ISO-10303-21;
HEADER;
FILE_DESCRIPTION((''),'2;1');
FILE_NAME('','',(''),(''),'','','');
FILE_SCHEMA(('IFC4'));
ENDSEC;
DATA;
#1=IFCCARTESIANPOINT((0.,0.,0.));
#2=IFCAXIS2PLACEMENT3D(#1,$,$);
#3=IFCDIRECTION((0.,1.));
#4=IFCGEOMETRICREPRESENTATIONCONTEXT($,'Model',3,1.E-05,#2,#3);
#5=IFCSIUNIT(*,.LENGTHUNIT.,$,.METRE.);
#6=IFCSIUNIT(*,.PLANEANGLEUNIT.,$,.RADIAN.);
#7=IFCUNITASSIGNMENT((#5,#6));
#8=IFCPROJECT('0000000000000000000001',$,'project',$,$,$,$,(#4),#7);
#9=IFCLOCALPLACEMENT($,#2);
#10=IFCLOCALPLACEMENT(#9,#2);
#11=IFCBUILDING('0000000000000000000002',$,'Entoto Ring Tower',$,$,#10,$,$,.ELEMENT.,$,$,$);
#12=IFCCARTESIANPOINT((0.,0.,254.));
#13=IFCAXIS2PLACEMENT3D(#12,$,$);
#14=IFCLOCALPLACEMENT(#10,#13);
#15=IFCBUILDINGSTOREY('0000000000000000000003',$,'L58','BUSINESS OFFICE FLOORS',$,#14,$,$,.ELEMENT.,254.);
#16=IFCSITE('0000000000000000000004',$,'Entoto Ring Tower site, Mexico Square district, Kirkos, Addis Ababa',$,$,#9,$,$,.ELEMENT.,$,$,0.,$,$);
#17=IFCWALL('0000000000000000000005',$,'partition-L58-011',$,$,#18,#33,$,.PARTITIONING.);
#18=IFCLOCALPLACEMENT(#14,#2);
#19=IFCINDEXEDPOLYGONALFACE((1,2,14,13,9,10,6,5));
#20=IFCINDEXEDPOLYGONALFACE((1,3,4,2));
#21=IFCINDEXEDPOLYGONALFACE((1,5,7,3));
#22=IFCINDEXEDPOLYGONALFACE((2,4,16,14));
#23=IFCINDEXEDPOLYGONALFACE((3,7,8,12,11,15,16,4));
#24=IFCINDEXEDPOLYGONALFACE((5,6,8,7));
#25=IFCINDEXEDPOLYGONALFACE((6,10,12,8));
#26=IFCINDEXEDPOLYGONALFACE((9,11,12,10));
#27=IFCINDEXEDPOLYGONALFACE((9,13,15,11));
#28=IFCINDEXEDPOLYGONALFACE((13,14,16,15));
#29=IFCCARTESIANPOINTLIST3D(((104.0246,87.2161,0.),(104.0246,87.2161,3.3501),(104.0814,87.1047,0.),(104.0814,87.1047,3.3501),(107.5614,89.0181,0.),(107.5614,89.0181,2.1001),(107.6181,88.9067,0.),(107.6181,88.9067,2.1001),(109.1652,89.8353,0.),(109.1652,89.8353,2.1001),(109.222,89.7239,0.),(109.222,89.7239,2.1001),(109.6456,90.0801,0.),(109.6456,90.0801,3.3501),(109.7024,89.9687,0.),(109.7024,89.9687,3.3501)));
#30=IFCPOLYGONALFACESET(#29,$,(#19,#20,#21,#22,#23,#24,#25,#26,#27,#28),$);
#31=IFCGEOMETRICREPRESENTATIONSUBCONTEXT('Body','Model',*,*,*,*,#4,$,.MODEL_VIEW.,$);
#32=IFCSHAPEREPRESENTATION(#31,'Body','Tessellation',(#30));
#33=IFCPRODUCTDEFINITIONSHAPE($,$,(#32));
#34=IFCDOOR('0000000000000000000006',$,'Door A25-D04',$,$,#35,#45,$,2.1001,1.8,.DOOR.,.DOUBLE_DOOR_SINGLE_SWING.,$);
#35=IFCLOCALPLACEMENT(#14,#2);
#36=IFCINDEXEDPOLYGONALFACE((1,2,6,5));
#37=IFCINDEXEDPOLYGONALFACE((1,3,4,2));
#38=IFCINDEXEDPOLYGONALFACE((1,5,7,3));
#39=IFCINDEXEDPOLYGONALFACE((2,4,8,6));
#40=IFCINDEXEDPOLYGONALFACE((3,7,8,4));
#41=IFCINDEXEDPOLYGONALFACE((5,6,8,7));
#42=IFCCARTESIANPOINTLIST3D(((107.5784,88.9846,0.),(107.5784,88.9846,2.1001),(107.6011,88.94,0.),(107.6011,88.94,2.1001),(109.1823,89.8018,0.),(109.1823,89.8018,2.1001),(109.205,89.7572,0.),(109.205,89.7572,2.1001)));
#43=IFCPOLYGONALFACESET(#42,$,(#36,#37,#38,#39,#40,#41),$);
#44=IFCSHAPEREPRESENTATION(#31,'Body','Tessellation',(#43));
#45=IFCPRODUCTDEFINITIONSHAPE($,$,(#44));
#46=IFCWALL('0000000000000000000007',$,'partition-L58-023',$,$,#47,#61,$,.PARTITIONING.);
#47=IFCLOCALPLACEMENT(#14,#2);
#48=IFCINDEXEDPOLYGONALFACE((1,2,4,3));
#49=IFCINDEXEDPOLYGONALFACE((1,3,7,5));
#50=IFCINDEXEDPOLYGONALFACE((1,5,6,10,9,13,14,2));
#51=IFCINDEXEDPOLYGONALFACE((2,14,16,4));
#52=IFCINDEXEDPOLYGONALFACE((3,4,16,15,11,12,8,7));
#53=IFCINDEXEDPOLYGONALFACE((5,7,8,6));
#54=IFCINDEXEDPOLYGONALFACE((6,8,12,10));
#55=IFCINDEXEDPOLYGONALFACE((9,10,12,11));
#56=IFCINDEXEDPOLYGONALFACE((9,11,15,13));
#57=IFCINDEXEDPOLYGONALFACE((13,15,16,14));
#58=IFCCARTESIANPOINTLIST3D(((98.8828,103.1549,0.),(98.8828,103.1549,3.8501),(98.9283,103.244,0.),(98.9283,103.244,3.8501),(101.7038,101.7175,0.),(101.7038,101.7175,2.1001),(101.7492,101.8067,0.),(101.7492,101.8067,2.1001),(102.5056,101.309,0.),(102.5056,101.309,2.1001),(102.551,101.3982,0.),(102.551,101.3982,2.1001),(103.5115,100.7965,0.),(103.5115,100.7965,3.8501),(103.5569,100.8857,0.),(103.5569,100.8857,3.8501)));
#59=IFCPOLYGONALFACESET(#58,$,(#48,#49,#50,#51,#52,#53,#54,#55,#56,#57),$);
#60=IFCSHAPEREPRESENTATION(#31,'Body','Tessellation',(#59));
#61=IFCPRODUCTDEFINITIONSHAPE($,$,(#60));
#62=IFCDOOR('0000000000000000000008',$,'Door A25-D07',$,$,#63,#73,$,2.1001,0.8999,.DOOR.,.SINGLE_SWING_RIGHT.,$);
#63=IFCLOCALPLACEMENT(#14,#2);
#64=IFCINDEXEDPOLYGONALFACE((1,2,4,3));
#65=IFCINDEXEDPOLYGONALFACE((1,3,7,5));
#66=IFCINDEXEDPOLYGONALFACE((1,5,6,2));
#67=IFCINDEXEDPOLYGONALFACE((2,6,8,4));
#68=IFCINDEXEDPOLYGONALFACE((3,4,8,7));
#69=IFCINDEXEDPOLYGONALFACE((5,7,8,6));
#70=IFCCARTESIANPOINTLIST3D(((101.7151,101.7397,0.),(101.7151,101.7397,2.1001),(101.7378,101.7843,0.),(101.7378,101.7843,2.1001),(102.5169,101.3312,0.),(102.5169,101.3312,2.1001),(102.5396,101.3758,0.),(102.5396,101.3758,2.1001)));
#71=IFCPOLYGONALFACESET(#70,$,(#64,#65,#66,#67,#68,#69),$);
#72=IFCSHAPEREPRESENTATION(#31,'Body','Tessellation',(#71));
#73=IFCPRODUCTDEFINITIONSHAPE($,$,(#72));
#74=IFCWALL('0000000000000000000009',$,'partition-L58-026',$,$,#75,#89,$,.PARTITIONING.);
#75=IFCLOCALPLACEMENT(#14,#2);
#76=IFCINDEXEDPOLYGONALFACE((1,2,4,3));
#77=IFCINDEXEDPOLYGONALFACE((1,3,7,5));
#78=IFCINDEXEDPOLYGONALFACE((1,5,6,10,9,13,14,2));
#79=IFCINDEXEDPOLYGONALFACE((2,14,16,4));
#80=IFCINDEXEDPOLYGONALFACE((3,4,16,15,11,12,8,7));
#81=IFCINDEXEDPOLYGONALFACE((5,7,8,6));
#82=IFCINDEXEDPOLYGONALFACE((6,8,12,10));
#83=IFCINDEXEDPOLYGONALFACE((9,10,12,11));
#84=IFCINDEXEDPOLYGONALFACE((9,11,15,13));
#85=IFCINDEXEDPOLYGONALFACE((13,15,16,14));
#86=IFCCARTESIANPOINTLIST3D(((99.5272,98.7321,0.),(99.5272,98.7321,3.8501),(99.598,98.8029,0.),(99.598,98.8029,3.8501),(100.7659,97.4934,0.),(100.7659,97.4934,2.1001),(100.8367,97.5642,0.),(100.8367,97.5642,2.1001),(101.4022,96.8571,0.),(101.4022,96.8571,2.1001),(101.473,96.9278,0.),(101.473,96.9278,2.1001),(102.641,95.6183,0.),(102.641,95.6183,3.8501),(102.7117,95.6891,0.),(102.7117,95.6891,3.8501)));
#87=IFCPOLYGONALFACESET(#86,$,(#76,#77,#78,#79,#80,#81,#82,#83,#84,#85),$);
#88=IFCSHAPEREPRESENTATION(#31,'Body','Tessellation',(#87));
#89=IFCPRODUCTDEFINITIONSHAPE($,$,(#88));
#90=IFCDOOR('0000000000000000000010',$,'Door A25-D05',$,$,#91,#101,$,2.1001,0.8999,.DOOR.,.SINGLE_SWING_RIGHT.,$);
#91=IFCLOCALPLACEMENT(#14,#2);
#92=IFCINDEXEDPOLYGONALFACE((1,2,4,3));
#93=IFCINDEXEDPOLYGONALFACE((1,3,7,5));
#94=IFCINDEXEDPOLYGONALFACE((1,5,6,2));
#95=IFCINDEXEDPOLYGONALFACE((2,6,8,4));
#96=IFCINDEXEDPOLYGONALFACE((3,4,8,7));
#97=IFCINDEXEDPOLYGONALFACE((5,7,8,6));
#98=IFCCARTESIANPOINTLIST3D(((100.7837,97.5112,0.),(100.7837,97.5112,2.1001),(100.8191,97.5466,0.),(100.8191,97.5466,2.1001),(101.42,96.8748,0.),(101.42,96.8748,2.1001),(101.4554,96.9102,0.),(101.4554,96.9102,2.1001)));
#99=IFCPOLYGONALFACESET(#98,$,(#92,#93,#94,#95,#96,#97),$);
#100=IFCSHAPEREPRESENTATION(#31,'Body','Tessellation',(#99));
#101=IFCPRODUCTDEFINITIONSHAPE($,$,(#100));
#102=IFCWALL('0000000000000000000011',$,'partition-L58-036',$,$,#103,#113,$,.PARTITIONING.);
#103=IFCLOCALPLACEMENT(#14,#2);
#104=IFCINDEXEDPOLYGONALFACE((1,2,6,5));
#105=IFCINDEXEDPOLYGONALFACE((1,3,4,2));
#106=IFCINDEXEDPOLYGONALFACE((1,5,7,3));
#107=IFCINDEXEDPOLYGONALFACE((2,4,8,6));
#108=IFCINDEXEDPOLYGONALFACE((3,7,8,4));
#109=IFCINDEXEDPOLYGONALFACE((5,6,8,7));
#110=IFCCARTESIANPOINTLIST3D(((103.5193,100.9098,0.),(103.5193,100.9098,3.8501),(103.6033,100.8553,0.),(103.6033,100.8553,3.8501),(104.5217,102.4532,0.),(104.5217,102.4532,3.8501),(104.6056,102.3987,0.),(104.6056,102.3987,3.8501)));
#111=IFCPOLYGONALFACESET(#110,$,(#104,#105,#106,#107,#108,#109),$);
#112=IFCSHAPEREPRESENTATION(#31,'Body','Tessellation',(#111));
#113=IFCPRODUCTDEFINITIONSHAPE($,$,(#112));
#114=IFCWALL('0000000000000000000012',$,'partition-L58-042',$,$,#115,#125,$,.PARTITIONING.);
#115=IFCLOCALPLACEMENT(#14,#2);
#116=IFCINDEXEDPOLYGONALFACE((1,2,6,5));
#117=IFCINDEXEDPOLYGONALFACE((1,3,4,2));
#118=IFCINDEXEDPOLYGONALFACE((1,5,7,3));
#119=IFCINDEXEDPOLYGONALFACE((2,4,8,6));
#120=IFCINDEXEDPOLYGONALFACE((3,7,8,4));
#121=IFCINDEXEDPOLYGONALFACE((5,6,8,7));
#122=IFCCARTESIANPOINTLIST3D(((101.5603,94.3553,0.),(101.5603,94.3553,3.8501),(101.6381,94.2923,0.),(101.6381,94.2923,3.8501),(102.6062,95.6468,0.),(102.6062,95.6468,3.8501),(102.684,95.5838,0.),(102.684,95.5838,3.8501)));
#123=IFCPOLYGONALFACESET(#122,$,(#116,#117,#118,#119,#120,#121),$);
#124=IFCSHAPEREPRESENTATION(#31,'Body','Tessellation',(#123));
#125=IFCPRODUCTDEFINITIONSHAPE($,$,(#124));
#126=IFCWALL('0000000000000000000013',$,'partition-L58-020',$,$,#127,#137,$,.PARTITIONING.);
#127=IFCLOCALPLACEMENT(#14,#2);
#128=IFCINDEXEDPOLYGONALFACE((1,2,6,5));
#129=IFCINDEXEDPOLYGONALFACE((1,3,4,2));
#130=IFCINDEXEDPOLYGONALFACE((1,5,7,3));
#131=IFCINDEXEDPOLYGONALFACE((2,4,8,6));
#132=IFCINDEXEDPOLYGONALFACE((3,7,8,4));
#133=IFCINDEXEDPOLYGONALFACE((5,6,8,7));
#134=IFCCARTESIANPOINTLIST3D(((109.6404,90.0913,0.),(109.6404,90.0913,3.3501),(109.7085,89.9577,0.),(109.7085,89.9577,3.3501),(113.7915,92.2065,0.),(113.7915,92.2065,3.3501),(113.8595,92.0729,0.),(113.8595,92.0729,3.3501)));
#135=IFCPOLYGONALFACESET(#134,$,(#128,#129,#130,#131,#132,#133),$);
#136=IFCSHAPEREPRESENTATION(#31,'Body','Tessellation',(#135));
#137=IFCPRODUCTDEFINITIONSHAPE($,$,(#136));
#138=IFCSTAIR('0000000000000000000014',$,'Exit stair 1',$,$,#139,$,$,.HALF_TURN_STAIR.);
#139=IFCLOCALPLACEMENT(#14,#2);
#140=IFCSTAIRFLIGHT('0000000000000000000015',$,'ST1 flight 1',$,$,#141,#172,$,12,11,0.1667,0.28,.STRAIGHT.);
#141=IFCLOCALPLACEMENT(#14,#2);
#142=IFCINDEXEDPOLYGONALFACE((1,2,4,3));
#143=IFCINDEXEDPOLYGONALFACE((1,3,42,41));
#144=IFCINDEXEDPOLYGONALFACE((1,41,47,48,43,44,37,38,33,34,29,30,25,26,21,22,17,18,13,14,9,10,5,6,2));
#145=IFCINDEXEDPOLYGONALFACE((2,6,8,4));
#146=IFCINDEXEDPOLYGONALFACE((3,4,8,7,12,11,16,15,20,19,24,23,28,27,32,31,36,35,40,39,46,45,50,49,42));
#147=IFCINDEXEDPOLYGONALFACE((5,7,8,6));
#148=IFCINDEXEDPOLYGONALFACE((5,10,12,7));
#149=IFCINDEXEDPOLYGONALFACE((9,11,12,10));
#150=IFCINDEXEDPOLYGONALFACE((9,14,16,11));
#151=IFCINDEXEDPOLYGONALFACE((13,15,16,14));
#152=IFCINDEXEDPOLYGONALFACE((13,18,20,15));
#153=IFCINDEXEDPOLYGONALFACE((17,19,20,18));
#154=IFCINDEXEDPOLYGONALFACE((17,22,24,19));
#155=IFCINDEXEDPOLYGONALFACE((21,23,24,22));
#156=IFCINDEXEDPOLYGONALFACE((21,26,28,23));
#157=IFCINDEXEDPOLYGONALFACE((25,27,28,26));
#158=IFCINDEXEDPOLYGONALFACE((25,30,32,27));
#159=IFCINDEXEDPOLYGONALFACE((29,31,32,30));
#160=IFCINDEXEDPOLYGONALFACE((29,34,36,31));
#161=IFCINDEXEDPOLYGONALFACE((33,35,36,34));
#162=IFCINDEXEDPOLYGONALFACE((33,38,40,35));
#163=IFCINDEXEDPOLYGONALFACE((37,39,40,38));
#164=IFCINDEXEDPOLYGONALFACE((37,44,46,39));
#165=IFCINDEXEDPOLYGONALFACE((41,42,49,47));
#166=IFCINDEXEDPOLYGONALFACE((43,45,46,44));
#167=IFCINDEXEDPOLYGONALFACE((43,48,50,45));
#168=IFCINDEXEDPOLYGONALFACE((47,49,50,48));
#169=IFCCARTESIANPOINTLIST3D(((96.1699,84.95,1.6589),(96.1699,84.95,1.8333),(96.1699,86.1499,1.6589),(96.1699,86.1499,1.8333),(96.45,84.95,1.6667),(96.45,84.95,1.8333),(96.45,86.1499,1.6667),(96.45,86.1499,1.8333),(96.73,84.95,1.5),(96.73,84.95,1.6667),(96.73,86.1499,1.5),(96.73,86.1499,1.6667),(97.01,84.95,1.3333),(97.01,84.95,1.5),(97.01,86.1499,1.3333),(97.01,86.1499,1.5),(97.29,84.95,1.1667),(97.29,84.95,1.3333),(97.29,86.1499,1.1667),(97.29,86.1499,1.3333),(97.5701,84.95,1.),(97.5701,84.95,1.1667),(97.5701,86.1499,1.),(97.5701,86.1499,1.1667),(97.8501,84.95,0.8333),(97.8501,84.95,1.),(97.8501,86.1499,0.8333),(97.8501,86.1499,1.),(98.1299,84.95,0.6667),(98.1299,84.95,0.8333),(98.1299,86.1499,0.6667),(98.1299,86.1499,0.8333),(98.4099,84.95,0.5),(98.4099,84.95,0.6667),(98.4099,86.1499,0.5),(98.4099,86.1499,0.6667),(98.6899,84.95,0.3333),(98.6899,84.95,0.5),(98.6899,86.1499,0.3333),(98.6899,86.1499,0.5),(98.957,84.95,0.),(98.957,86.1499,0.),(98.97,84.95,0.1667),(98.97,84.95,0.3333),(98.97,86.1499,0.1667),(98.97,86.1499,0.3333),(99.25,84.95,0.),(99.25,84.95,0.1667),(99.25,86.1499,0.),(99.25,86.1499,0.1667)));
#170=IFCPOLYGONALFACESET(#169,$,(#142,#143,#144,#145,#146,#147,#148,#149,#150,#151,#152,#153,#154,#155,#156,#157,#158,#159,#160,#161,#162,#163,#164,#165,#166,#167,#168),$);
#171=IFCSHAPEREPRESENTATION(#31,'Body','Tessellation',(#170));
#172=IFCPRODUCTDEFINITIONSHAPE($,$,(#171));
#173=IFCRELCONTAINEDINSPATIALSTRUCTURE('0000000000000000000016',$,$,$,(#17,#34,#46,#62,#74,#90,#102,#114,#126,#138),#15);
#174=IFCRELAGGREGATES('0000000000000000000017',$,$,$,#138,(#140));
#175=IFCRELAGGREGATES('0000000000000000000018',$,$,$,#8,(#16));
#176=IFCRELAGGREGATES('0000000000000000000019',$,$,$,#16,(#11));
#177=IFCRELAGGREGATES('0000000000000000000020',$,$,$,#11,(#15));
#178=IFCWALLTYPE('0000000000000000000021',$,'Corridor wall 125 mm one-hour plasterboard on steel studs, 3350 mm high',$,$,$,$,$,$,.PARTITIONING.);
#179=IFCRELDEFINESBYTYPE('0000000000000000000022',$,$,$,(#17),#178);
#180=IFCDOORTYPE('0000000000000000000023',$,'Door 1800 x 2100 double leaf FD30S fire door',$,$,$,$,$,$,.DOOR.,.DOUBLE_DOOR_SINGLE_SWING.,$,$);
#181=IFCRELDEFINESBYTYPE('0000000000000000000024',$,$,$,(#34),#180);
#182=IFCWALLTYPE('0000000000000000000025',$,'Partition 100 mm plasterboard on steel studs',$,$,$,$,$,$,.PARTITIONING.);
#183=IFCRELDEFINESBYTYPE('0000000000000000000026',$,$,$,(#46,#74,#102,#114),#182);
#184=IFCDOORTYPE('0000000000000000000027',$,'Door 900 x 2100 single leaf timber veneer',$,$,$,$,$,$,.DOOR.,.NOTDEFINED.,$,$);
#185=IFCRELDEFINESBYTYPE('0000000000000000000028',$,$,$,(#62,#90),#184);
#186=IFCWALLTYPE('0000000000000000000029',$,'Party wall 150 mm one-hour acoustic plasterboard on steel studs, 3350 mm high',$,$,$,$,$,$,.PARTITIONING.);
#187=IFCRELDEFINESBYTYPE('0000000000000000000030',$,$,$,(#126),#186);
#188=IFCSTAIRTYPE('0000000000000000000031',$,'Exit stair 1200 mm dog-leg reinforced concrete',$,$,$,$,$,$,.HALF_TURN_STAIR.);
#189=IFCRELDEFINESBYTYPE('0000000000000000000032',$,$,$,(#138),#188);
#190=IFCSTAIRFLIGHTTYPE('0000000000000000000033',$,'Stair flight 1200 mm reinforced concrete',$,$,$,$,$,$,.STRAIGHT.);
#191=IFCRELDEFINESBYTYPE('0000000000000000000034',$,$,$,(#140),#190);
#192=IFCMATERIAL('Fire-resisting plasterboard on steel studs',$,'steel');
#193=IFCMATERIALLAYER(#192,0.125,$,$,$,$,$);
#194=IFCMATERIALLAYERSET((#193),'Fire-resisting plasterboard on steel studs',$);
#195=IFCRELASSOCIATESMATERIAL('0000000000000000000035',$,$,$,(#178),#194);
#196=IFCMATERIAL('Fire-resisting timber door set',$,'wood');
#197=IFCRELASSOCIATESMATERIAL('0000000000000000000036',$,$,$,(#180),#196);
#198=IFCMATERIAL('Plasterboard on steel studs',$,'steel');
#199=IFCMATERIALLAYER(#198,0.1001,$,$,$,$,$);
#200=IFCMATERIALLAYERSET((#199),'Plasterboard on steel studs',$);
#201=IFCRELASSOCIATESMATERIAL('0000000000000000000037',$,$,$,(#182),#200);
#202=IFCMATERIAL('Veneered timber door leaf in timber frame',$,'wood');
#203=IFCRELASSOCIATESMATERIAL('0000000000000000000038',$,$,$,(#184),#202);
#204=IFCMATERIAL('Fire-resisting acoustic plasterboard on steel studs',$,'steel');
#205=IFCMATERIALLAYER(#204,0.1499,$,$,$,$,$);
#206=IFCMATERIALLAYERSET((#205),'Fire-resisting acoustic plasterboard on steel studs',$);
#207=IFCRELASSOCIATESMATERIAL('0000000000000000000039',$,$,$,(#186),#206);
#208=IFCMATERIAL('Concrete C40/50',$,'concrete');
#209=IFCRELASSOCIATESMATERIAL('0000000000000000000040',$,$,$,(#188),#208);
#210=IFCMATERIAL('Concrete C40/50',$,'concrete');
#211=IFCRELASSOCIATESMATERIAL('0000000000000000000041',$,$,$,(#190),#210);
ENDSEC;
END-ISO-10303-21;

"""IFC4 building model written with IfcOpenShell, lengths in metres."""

from ifc_helpers import new_model, si_unit, direction, frame, frame_2d, origin, place, context, subcontext, project, spatial, polyline, rectangle, outline, extrude, material, layer, layer_set, type_object, element, fill, aggregate, save


model = new_model("IFC4")

# Units and contexts
model_context = context("Model", 3, precision=1e-05, world=origin(), true_north=direction((0.0, 1.0)))
body_context = subcontext(model_context, "Body", "Model", "MODEL_VIEW")
ifc_project = project(units=[si_unit("LENGTHUNIT", "METRE"), si_unit("PLANEANGLEUNIT", "RADIAN")], contexts=[model_context])

# Site, building, storey
site_placement = place(None, origin())
site = spatial("IfcSite", under=ifc_project, at=site_placement, Name="Entoto Ring Tower site, Mexico Square district, Kirkos, Addis Ababa", CompositionType="ELEMENT", RefElevation=0.0)
building_placement = place(site_placement, origin())
building = spatial("IfcBuilding", under=site, at=building_placement, Name="Entoto Ring Tower", CompositionType="ELEMENT")
storey_placement = place(building_placement, frame((0.0, 0.0, 254.0)))
storey = spatial("IfcBuildingStorey", under=building, at=storey_placement, Name="L58", Description="BUSINESS OFFICE FLOORS", CompositionType="ELEMENT", Elevation=254.0)

# Walls, openings, doors
ifc_material_1 = material(Name="Fire-resisting plasterboard on steel studs", Category="steel")
ifc_layer_1 = layer(ifc_material_1, 0.125)
ifc_layer_set_1 = layer_set([ifc_layer_1], Name="Fire-resisting plasterboard on steel studs")
wall_type_1 = type_object("IfcWallType", Name="Corridor wall 125 mm one-hour plasterboard on steel studs, 3350 mm high", PredefinedType="PARTITIONING", material=ifc_layer_set_1)
wall_1_placement = place(storey_placement, frame((104.053, 87.1604, 0.0), z_axis=(0.0, 0.0, 1.0), x_axis=(0.891011, 0.453981, 0.0)))
wall_1 = element("IfcWall", 1, at=wall_1_placement, inside=storey, type_object=wall_type_1, Name="partition-L58-011", PredefinedType="PARTITIONING", context=body_context, shape_type="SweptSolid", body=[
    extrude(rectangle(XDim=6.3086, YDim=0.125, at=frame_2d((3.1543, 0.0))), origin(), (0.0, 0.0, 1.0), 3.3501),
])
opening_1_placement = place(wall_1_placement, frame((3.9695, 0.0, 0.0)))
opening_1 = element("IfcOpeningElement", 2, at=opening_1_placement, cuts=wall_1, PredefinedType="OPENING", context=body_context, shape_type="SweptSolid", body=[
    extrude(rectangle(XDim=1.8, YDim=2.1001, at=frame_2d((0.8999, 1.05))), frame((0.0, 0.0725, 0.0), z_axis=(0.0, -1.0, 0.0), x_axis=(1.0, 0.0, 0.0)), (0.0, 0.0, 1.0), 0.145),
])
ifc_material_2 = material(Name="Fire-resisting timber door set", Category="wood")
door_type_1 = type_object("IfcDoorType", Name="Door 1800 x 2100 double leaf FD30S fire door", OperationType="DOUBLE_DOOR_SINGLE_SWING", PredefinedType="DOOR", material=ifc_material_2)
door_1_placement = place(opening_1_placement, origin())
door_1 = element("IfcDoor", 3, at=door_1_placement, inside=storey, type_object=door_type_1, Name="Door A25-D04", OperationType="DOUBLE_DOOR_SINGLE_SWING", OverallHeight=2.1001, OverallWidth=1.8, PredefinedType="DOOR", context=body_context, shape_type="SweptSolid", body=[
    extrude(rectangle(XDim=1.8, YDim=2.1001, at=frame_2d((0.8999, 1.05))), frame((0.0, 0.0249, 0.0), z_axis=(0.0, -1.0, 0.0), x_axis=(1.0, 0.0, 0.0)), (0.0, 0.0, 1.0), 0.05),
])
fill(opening_1, door_1)
ifc_material_3 = material(Name="Plasterboard on steel studs", Category="steel")
ifc_layer_2 = layer(ifc_material_3, 0.1001)
ifc_layer_set_2 = layer_set([ifc_layer_2], Name="Plasterboard on steel studs")
wall_type_2 = type_object("IfcWallType", Name="Partition 100 mm plasterboard on steel studs", PredefinedType="PARTITIONING", material=ifc_layer_set_2)
wall_2_placement = place(storey_placement, frame((103.5342, 100.8411, 0.0), z_axis=(0.0, 0.0, 1.0), x_axis=(-0.891008, 0.453987, 0.0)))
wall_2 = element("IfcWall", 4, at=wall_2_placement, inside=storey, type_object=wall_type_2, Name="partition-L58-023", PredefinedType="PARTITIONING", context=body_context, shape_type="SweptSolid", body=[
    extrude(rectangle(XDim=5.1948, YDim=0.1001, at=frame_2d((2.5974, 0.0))), origin(), (0.0, 0.0, 1.0), 3.8501),
])
opening_2_placement = place(wall_2_placement, frame((1.1289, 0.0, 0.0)))
opening_2 = element("IfcOpeningElement", 5, at=opening_2_placement, cuts=wall_2, PredefinedType="OPENING", context=body_context, shape_type="SweptSolid", body=[
    extrude(rectangle(XDim=0.8999, YDim=2.1001, at=frame_2d((0.45, 1.05))), frame((0.0, 0.0601, 0.0), z_axis=(0.0, -1.0, 0.0), x_axis=(1.0, 0.0, 0.0)), (0.0, 0.0, 1.0), 0.1201),
])
ifc_material_4 = material(Name="Veneered timber door leaf in timber frame", Category="wood")
door_type_2 = type_object("IfcDoorType", Name="Door 900 x 2100 single leaf timber veneer", OperationType="NOTDEFINED", PredefinedType="DOOR", material=ifc_material_4)
door_2_placement = place(opening_2_placement, frame((0.8999, 0.0, 0.0), z_axis=(0.0, 0.0, 1.0), x_axis=(-1.0, 0.0, 0.0)))
door_2 = element("IfcDoor", 6, at=door_2_placement, inside=storey, type_object=door_type_2, Name="Door A25-D07", OperationType="SINGLE_SWING_RIGHT", OverallHeight=2.1001, OverallWidth=0.8999, PredefinedType="DOOR", context=body_context, shape_type="SweptSolid", body=[
    extrude(rectangle(XDim=0.8999, YDim=2.1001, at=frame_2d((0.45, 1.05))), frame((0.0, 0.0249, 0.0), z_axis=(0.0, -1.0, 0.0), x_axis=(1.0, 0.0, 0.0)), (0.0, 0.0, 1.0), 0.05),
])
fill(opening_2, door_2)
wall_3_placement = place(storey_placement, frame((102.6763, 95.6538, 0.0), z_axis=(0.0, 0.0, 1.0), x_axis=(-0.707107, 0.707107, 0.0)))
wall_3 = element("IfcWall", 7, at=wall_3_placement, inside=storey, type_object=wall_type_2, Name="partition-L58-026", PredefinedType="PARTITIONING", context=body_context, shape_type="SweptSolid", body=[
    extrude(rectangle(XDim=4.4036, YDim=0.1001, at=frame_2d((2.2017, 0.0))), origin(), (0.0, 0.0, 1.0), 3.8501),
])
opening_3_placement = place(wall_3_placement, frame((1.7517, 0.0, 0.0)))
opening_3 = element("IfcOpeningElement", 8, at=opening_3_placement, cuts=wall_3, PredefinedType="OPENING", context=body_context, shape_type="SweptSolid", body=[
    extrude(rectangle(XDim=0.8999, YDim=2.1001, at=frame_2d((0.45, 1.05))), frame((0.0, 0.0601, 0.0), z_axis=(0.0, -1.0, 0.0), x_axis=(1.0, 0.0, 0.0)), (0.0, 0.0, 1.0), 0.1201),
])
door_3_placement = place(opening_3_placement, origin())
door_3 = element("IfcDoor", 9, at=door_3_placement, inside=storey, type_object=door_type_2, Name="Door A25-D05", OperationType="SINGLE_SWING_RIGHT", OverallHeight=2.1001, OverallWidth=0.8999, PredefinedType="DOOR", context=body_context, shape_type="SweptSolid", body=[
    extrude(rectangle(XDim=0.8999, YDim=2.1001, at=frame_2d((0.45, 1.05))), frame((0.0, 0.0249, 0.0), z_axis=(0.0, -1.0, 0.0), x_axis=(1.0, 0.0, 0.0)), (0.0, 0.0, 1.0), 0.05),
])
fill(opening_3, door_3)

# Walls
wall_4_placement = place(storey_placement, frame((103.5613, 100.8826, 0.0), z_axis=(0.0, 0.0, 1.0), x_axis=(0.544681, 0.838644, 0.0)))
element("IfcWall", 10, at=wall_4_placement, inside=storey, type_object=wall_type_2, Name="partition-L58-036", PredefinedType="PARTITIONING", context=body_context, shape_type="SweptSolid", body=[
    extrude(rectangle(XDim=1.8403, YDim=0.1001, at=frame_2d((0.9202, 0.0))), origin(), (0.0, 0.0, 1.0), 3.8501),
])
wall_5_placement = place(storey_placement, frame((101.5991, 94.3237, 0.0), z_axis=(0.0, 0.0, 1.0), x_axis=(0.629342, 0.777129, 0.0)))
element("IfcWall", 11, at=wall_5_placement, inside=storey, type_object=wall_type_2, Name="partition-L58-042", PredefinedType="PARTITIONING", context=body_context, shape_type="SweptSolid", body=[
    extrude(rectangle(XDim=1.6619, YDim=0.1001, at=frame_2d((0.8311, 0.0))), origin(), (0.0, 0.0, 1.0), 3.8501),
])
ifc_material_5 = material(Name="Fire-resisting acoustic plasterboard on steel studs", Category="steel")
ifc_layer_3 = layer(ifc_material_5, 0.1499)
ifc_layer_set_3 = layer_set([ifc_layer_3], Name="Fire-resisting acoustic plasterboard on steel studs")
wall_type_3 = type_object("IfcWallType", Name="Party wall 150 mm one-hour acoustic plasterboard on steel studs, 3350 mm high", PredefinedType="PARTITIONING", material=ifc_layer_set_3)
wall_6_placement = place(storey_placement, frame((109.6743, 90.0244, 0.0), z_axis=(0.0, 0.0, 1.0), x_axis=(0.890995, 0.454013, 0.0)))
element("IfcWall", 12, at=wall_6_placement, inside=storey, type_object=wall_type_3, Name="partition-L58-020", PredefinedType="PARTITIONING", context=body_context, shape_type="SweptSolid", body=[
    extrude(rectangle(XDim=4.6589, YDim=0.1499, at=frame_2d((2.3296, 0.0))), origin(), (0.0, 0.0, 1.0), 3.3501),
])

# Stair, stair flight
ifc_material_6 = material(Name="Concrete C40/50", Category="concrete")
stair_type = type_object("IfcStairType", Name="Exit stair 1200 mm dog-leg reinforced concrete", PredefinedType="HALF_TURN_STAIR", material=ifc_material_6)
stair_placement = place(storey_placement, origin())
stair = element("IfcStair", 13, at=stair_placement, inside=storey, type_object=stair_type, Name="Exit stair 1", PredefinedType="HALF_TURN_STAIR")
ifc_material_7 = material(Name="Concrete C40/50", Category="concrete")
stair_flight_type = type_object("IfcStairFlightType", Name="Stair flight 1200 mm reinforced concrete", PredefinedType="STRAIGHT", material=ifc_material_7)
stair_flight_placement = place(storey_placement, frame((99.25, 85.55, 0.0), z_axis=(0.0, 0.0, 1.0), x_axis=(-1.0, 0.0, 0.0)))
stair_flight = element("IfcStairFlight", 14, at=stair_flight_placement, type_object=stair_flight_type, Name="ST1 flight 1", NumberOfRisers=12, NumberOfTreads=11, PredefinedType="STRAIGHT", RiserHeight=0.1667, TreadLength=0.28, context=body_context, shape_type="SweptSolid", body=[
    extrude(outline(polyline([(0.0, 0.0), (0.0, 0.1667), (0.28, 0.1667), (0.28, 0.3333), (0.5601, 0.3333), (0.5601, 0.5), (0.8401, 0.5), (0.8401, 0.6667), (1.1201, 0.6667), (1.1201, 0.8333), (1.3999, 0.8333), (1.3999, 1.0), (1.6799, 1.0), (1.6799, 1.1667), (1.96, 1.1667), (1.96, 1.3333), (2.24, 1.3333), (2.24, 1.5), (2.52, 1.5), (2.52, 1.6667), (2.8, 1.6667), (2.8, 1.8333), (3.0801, 1.8333), (3.0801, 2.0), (3.0801, 1.6589), (0.293, 0.0), (0.0, 0.0)])), frame((0.0, 0.6001, 0.0), z_axis=(0.0, -1.0, 0.0), x_axis=(1.0, 0.0, 0.0)), (0.0, 0.0, 1.0), 1.2),
])
aggregate(stair, [stair_flight])

save(model, "model.ifc")
